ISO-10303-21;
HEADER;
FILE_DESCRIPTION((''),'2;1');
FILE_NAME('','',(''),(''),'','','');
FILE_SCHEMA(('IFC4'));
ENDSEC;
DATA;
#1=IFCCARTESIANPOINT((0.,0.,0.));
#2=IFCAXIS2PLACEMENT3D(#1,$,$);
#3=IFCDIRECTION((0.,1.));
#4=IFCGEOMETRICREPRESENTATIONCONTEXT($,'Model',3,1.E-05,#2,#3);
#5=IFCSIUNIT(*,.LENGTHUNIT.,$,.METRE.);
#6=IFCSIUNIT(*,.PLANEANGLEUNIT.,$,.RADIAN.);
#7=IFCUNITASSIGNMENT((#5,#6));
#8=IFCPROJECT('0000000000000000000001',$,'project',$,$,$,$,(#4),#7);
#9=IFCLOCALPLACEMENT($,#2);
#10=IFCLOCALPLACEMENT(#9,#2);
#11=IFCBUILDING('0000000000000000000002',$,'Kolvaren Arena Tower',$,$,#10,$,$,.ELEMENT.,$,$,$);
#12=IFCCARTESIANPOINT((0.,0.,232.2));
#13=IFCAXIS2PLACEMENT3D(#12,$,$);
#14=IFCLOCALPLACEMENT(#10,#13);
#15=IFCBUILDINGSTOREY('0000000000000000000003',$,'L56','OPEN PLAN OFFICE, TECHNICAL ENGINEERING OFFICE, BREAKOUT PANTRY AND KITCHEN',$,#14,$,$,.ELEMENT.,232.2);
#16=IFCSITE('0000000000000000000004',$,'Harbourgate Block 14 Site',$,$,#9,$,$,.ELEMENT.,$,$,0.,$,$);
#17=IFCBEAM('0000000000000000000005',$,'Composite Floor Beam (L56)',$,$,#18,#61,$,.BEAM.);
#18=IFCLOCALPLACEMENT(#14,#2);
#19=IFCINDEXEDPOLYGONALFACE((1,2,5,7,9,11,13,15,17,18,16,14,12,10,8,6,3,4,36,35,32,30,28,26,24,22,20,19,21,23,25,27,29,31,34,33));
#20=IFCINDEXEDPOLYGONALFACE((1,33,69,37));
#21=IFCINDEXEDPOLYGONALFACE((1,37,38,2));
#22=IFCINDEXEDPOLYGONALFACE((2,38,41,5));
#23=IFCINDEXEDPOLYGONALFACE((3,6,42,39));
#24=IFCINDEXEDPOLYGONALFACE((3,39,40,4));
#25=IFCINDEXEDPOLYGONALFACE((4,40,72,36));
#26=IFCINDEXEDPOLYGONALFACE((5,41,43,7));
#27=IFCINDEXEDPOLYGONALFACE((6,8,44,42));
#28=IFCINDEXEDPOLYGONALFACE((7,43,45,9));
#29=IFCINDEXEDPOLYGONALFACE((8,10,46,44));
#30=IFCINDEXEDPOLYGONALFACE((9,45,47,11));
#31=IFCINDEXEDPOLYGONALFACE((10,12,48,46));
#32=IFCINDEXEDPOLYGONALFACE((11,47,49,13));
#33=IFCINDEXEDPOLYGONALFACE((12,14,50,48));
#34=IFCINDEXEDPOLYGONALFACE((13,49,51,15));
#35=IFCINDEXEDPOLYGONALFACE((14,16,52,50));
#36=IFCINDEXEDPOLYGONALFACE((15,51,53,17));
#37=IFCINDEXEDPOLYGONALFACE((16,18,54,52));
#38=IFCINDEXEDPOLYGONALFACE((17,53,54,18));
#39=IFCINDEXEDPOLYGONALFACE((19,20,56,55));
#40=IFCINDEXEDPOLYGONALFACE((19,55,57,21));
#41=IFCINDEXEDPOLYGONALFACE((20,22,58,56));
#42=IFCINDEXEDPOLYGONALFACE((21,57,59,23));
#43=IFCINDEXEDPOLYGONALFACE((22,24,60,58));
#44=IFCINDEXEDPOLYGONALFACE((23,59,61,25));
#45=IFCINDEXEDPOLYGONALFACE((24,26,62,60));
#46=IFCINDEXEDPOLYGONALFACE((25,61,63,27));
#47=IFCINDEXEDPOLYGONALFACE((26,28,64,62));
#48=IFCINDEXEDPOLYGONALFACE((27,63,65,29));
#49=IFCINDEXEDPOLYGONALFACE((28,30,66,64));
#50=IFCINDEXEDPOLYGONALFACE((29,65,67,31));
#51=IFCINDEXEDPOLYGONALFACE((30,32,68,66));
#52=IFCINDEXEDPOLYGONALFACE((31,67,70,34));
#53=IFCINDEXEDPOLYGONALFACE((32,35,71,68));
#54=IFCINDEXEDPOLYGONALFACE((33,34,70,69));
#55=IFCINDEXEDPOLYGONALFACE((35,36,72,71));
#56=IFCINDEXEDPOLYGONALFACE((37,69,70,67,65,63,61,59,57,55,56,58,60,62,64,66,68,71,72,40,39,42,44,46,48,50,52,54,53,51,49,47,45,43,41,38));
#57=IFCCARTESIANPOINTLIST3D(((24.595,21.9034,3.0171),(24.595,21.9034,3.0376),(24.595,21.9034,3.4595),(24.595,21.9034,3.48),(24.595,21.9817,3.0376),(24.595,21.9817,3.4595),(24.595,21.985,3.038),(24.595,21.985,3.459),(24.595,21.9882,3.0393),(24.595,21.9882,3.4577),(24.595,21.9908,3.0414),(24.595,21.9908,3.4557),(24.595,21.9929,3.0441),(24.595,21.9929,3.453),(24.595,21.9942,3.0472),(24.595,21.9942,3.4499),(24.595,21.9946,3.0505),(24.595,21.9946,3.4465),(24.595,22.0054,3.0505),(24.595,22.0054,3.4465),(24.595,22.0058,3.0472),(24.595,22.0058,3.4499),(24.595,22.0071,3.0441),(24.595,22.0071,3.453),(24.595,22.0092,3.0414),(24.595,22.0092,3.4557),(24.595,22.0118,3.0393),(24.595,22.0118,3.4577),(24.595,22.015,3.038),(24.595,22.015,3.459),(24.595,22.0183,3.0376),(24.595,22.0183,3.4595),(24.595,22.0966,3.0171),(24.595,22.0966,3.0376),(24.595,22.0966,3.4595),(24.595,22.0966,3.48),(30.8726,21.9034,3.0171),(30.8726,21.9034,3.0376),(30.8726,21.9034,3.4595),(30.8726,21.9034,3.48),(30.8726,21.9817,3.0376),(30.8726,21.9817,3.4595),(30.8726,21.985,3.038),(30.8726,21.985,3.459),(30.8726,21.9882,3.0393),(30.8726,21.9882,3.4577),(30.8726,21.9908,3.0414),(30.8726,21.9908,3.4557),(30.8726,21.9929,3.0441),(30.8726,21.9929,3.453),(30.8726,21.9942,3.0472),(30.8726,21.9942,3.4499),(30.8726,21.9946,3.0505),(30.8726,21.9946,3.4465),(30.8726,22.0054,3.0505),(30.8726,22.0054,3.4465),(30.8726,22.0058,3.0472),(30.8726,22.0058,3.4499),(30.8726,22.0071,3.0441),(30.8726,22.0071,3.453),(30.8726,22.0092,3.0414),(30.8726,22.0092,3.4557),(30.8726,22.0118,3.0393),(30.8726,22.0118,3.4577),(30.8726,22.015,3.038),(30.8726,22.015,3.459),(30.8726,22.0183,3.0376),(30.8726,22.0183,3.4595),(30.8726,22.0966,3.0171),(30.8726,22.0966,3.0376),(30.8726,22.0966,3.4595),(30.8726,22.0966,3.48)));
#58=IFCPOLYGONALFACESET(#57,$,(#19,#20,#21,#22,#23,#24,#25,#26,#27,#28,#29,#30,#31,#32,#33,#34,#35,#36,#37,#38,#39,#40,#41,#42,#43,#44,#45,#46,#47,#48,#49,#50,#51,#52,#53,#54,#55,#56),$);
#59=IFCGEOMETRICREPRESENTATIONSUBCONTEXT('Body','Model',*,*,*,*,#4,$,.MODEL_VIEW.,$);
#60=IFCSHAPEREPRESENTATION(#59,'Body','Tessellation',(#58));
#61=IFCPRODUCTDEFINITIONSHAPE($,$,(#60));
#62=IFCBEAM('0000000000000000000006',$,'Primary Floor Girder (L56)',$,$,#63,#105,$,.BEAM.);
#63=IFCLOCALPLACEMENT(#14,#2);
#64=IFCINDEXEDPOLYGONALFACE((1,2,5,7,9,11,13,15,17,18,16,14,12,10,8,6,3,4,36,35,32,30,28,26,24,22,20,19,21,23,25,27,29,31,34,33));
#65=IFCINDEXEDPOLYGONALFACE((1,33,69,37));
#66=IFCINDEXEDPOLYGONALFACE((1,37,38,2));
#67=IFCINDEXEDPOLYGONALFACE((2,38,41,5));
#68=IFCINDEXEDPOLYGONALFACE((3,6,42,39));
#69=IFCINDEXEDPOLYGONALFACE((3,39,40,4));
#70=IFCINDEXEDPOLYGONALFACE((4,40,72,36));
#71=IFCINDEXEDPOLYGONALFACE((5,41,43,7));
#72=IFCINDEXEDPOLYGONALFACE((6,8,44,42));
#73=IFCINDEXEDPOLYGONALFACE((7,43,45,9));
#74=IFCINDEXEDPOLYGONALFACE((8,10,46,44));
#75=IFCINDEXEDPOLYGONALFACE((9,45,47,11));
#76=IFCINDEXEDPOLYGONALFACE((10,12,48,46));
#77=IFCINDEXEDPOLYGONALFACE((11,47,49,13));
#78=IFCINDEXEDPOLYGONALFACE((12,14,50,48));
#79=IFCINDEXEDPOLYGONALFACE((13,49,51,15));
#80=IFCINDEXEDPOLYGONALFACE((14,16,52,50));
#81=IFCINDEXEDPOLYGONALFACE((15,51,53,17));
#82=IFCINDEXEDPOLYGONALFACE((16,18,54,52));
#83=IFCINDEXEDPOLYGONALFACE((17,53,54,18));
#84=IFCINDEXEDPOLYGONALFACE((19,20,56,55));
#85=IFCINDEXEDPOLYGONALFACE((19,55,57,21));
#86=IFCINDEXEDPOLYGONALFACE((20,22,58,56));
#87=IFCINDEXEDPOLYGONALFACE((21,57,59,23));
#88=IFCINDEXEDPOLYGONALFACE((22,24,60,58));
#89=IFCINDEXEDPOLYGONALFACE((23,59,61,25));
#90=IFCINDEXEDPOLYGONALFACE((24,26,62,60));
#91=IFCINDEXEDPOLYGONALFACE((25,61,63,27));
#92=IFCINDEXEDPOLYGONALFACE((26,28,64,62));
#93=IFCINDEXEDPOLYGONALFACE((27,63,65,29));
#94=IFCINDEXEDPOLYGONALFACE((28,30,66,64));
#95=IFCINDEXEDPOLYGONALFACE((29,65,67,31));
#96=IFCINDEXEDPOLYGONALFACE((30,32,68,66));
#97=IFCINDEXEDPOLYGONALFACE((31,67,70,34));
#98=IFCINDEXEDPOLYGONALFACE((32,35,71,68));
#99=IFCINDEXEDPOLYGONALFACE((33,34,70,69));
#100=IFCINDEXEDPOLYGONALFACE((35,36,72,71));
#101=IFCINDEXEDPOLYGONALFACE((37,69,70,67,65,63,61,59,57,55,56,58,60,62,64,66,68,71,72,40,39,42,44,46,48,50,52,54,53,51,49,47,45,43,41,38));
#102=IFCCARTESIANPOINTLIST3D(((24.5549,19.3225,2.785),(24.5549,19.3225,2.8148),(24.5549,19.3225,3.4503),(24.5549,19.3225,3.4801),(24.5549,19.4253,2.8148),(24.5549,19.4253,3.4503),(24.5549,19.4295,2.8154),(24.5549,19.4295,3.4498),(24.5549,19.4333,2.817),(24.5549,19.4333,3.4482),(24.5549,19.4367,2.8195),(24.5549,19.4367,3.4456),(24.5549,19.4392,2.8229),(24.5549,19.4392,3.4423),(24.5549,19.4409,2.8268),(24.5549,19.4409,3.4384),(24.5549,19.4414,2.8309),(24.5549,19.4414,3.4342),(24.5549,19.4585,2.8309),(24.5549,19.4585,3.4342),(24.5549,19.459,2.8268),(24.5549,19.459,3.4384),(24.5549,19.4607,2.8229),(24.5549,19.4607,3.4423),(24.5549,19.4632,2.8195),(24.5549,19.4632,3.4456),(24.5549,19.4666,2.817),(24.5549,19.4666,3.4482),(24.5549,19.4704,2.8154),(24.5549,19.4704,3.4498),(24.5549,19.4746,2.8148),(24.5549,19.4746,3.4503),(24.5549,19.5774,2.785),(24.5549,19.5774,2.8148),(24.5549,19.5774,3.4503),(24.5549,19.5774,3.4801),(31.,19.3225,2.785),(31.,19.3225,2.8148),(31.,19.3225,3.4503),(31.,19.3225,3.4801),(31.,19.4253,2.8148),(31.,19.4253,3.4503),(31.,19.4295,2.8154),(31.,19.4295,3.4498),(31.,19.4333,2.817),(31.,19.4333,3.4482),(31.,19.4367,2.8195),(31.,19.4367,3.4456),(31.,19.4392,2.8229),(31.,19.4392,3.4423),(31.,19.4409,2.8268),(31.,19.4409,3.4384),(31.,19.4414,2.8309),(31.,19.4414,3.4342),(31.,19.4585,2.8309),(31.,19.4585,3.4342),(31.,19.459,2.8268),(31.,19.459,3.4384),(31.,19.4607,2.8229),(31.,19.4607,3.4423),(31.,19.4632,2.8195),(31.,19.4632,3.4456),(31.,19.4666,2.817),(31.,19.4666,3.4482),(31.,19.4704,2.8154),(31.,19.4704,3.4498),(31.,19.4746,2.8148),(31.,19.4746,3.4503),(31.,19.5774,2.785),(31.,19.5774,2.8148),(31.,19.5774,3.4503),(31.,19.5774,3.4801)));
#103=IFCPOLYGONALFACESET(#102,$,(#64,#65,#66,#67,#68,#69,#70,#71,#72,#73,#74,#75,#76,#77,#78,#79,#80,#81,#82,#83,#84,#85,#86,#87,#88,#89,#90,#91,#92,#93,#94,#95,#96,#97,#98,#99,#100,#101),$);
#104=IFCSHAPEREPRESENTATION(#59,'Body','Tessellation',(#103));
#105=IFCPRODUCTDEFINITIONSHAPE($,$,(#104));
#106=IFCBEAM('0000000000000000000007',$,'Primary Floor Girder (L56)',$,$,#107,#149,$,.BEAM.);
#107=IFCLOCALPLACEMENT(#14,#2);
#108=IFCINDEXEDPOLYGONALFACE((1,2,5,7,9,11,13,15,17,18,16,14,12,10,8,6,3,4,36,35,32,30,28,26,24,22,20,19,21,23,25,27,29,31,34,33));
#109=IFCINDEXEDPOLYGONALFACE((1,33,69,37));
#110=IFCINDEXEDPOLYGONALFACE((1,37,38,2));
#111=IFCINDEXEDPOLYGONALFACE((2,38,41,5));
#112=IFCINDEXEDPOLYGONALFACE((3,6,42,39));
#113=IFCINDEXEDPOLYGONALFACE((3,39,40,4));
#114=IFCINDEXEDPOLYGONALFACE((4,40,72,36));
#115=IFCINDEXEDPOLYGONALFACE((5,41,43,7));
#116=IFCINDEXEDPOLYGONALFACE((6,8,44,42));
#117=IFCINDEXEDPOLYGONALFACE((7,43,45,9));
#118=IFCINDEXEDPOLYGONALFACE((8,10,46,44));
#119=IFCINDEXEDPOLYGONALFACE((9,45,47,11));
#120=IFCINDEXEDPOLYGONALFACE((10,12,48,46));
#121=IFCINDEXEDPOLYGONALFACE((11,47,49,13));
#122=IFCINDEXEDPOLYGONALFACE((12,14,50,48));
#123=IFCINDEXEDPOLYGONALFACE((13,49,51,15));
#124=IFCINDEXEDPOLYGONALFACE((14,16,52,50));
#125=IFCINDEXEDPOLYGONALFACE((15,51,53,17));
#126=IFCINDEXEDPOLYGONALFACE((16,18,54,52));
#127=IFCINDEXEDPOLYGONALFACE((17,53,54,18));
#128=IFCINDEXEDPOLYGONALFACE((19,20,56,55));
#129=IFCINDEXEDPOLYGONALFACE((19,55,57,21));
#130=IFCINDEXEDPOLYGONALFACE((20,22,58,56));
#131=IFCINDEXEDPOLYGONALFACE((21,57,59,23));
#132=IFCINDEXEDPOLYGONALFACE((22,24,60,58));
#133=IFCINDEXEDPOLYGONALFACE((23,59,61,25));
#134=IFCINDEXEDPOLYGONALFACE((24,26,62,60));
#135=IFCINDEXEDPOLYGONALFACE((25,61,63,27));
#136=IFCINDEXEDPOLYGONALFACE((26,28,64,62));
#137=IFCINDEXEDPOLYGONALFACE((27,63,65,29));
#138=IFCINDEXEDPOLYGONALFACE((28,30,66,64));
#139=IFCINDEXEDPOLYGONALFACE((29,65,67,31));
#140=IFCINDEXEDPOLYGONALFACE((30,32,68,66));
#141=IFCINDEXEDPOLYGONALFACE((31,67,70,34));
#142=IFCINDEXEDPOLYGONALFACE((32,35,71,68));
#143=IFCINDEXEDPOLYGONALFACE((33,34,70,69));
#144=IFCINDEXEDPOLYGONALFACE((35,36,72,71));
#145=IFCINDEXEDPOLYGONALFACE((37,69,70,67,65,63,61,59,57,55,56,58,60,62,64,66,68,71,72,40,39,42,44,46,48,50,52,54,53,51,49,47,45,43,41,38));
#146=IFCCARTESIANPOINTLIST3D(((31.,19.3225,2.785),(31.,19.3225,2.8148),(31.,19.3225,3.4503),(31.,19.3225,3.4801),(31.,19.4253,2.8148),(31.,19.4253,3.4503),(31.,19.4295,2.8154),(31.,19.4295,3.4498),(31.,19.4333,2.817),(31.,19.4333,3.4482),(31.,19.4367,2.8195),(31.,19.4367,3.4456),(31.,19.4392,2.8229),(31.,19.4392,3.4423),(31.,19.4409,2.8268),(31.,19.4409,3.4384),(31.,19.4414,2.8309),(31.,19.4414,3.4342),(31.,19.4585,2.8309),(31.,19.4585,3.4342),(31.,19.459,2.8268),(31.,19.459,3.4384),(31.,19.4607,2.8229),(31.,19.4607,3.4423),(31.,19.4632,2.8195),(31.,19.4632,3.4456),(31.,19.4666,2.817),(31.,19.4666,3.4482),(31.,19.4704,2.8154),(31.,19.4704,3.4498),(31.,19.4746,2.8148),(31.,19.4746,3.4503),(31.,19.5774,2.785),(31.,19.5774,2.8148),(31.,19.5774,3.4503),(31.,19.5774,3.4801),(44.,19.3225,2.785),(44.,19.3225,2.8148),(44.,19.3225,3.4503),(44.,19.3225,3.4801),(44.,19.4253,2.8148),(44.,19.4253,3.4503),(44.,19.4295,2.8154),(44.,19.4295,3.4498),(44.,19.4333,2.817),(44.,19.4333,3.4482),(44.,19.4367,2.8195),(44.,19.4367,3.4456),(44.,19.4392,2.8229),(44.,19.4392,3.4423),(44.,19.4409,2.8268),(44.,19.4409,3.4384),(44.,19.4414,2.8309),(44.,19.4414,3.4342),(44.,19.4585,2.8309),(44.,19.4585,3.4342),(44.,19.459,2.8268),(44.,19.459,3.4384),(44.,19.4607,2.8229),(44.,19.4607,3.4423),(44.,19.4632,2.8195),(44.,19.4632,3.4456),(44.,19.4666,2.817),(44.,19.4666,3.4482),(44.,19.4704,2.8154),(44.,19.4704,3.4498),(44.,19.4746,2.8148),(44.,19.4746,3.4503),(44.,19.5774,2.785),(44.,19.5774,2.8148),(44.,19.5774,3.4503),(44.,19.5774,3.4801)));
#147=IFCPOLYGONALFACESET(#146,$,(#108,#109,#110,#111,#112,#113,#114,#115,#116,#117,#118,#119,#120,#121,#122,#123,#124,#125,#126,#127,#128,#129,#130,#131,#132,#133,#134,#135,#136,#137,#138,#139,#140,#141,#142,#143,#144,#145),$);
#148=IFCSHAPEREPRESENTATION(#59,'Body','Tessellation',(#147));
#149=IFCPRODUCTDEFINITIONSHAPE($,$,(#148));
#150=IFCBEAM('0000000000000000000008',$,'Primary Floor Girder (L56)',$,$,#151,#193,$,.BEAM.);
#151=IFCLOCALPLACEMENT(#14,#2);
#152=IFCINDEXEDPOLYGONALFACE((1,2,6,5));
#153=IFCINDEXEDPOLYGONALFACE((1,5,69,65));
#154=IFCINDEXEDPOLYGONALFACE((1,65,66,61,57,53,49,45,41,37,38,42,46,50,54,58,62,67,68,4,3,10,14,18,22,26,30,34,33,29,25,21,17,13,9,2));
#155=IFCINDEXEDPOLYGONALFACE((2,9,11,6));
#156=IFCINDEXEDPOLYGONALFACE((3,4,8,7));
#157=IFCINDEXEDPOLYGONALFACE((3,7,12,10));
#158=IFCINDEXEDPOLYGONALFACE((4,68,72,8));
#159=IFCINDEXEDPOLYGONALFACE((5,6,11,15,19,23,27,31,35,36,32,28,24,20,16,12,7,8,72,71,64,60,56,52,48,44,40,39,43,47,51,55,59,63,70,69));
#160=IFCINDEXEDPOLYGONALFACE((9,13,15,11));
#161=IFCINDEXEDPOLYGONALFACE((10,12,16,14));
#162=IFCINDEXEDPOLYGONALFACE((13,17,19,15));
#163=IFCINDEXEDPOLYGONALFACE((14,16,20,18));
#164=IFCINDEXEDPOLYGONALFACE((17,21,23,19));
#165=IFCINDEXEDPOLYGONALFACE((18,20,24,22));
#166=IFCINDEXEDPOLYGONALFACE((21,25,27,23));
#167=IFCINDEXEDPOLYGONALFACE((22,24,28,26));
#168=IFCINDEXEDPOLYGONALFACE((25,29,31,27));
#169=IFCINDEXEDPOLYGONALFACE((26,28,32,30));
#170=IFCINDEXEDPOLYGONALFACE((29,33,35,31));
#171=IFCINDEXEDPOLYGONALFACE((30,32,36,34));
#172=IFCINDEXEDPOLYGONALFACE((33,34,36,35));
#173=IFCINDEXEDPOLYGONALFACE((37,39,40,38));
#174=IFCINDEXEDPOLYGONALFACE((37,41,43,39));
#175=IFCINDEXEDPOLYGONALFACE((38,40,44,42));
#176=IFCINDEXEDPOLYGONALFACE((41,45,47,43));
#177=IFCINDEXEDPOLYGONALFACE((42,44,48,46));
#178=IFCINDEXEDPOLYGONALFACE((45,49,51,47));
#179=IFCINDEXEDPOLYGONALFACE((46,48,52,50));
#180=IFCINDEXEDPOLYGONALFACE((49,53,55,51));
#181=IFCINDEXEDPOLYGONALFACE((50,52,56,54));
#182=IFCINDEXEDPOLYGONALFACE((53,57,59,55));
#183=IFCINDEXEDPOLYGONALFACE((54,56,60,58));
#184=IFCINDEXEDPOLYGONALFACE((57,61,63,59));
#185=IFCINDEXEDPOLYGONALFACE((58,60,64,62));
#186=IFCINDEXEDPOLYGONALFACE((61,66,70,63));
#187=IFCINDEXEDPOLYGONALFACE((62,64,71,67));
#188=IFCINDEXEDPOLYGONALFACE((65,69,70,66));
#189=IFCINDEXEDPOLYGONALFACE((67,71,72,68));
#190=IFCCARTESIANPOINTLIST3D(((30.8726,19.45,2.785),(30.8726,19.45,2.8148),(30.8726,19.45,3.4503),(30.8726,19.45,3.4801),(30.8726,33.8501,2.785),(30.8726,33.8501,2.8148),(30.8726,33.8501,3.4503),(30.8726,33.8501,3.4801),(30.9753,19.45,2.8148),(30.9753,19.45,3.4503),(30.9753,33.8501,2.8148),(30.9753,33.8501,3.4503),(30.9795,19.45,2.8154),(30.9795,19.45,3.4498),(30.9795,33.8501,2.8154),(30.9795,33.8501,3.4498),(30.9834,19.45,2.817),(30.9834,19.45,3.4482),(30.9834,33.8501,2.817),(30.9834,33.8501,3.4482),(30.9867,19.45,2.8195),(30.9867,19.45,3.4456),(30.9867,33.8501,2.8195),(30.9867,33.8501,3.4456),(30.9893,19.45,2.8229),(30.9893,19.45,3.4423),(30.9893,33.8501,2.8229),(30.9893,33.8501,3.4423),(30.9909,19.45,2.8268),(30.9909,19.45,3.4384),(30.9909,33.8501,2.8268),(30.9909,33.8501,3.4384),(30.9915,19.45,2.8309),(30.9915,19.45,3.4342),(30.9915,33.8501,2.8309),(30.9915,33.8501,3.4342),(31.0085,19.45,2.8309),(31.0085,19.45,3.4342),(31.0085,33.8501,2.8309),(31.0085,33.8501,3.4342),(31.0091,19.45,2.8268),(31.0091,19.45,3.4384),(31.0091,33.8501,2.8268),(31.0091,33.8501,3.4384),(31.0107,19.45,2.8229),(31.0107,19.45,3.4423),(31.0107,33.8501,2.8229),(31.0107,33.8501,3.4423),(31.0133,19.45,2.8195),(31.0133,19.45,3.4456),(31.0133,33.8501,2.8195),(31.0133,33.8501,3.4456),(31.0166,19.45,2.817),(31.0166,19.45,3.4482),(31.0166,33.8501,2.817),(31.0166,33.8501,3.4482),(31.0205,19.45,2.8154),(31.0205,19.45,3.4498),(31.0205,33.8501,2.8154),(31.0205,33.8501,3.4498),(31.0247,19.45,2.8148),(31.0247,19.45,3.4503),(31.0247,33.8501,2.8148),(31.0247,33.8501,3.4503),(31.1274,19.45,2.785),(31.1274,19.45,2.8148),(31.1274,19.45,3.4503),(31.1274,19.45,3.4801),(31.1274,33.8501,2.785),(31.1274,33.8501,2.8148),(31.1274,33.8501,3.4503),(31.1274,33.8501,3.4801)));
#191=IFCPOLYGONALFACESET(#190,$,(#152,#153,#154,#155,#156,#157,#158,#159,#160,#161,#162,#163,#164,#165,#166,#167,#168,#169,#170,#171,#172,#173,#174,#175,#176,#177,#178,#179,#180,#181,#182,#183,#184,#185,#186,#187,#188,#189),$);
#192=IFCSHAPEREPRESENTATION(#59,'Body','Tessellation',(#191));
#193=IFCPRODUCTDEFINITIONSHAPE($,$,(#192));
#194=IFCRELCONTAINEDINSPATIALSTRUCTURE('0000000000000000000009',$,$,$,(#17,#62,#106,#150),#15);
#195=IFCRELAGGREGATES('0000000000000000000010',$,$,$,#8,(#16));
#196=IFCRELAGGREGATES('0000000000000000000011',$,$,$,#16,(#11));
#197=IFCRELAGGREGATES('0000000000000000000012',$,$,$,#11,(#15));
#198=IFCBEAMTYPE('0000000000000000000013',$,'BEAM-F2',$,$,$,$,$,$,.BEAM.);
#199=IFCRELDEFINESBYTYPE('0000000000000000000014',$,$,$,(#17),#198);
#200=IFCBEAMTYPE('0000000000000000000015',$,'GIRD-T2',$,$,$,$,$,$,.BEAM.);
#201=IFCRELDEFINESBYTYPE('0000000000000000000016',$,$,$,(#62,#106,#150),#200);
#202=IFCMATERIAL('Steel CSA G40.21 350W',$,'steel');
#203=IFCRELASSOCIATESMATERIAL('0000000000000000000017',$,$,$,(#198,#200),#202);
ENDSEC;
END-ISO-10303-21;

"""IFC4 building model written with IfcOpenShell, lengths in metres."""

from ifc_helpers import new_model, si_unit, direction, frame, origin, origin_2d, place, context, subcontext, project, spatial, i_section, extrude, material, material_profile, profile_set, type_object, element, save


model = new_model("IFC4")

# Units and contexts
model_context = context("Model", 3, precision=1e-05, world=origin(), true_north=direction((0.0, 1.0)))
body_context = subcontext(model_context, "Body", "Model", "MODEL_VIEW")
ifc_project = project(units=[si_unit("LENGTHUNIT", "METRE"), si_unit("PLANEANGLEUNIT", "RADIAN")], contexts=[model_context])

# Site, building, storey
site_placement = place(None, origin())
site = spatial("IfcSite", under=ifc_project, at=site_placement, Name="Harbourgate Block 14 Site", CompositionType="ELEMENT", RefElevation=0.0)
building_placement = place(site_placement, origin())
building = spatial("IfcBuilding", under=site, at=building_placement, Name="Kolvaren Arena Tower", CompositionType="ELEMENT")
storey_placement = place(building_placement, frame((0.0, 0.0, 232.2)))
storey = spatial("IfcBuildingStorey", under=building, at=storey_placement, Name="L56", Description="OPEN PLAN OFFICE, TECHNICAL ENGINEERING OFFICE, BREAKOUT PANTRY AND KITCHEN", CompositionType="ELEMENT", Elevation=232.2)

# Beams
ifc_material_1 = material(Name="Steel CSA G40.21 350W", Category="steel")
ifc_material_profile_1 = material_profile(ifc_material_1, i_section(OverallWidth=0.1931, OverallDepth=0.4629, WebThickness=0.0107, FlangeThickness=0.0205, FilletRadius=0.0129, at=origin_2d()), Name="W460x113")
ifc_profile_set_1 = profile_set([ifc_material_profile_1], Name="Steel CSA G40.21 350W")
beam_type_1 = type_object("IfcBeamType", Name="BEAM-F2", PredefinedType="BEAM", material=ifc_profile_set_1)
beam_1_placement = place(storey_placement, frame((24.595, 22.0, 3.2485), z_axis=(1.0, 0.0, 0.0), x_axis=(0.0, 1.0, 0.0)))
element("IfcBeam", 1, at=beam_1_placement, inside=storey, type_object=beam_type_1, Name="Composite Floor Beam (L56)", PredefinedType="BEAM", context=body_context, shape_type="SweptSolid", body=[
    extrude(i_section(OverallWidth=0.1931, OverallDepth=0.4629, WebThickness=0.0107, FlangeThickness=0.0205, FilletRadius=0.0129, at=origin_2d()), origin(), (0.0, 0.0, 1.0), 6.2776),
])
ifc_material_profile_2 = material_profile(ifc_material_1, i_section(OverallWidth=0.2549, OverallDepth=0.6951, WebThickness=0.0171, FlangeThickness=0.0298, FilletRadius=0.0161, at=origin_2d()), Name="W690x217")
ifc_profile_set_2 = profile_set([ifc_material_profile_2], Name="Steel CSA G40.21 350W")
beam_type_2 = type_object("IfcBeamType", Name="GIRD-T2", PredefinedType="BEAM", material=ifc_profile_set_2)
beam_2_placement = place(storey_placement, frame((24.5549, 19.45, 3.1326), z_axis=(1.0, 0.0, 0.0), x_axis=(0.0, 1.0, 0.0)))
element("IfcBeam", 2, at=beam_2_placement, inside=storey, type_object=beam_type_2, Name="Primary Floor Girder (L56)", PredefinedType="BEAM", context=body_context, shape_type="SweptSolid", body=[
    extrude(i_section(OverallWidth=0.2549, OverallDepth=0.6951, WebThickness=0.0171, FlangeThickness=0.0298, FilletRadius=0.0161, at=origin_2d()), origin(), (0.0, 0.0, 1.0), 6.4451),
])
beam_3_placement = place(storey_placement, frame((31.0, 19.45, 3.1326), z_axis=(1.0, 0.0, 0.0), x_axis=(0.0, 1.0, 0.0)))
element("IfcBeam", 3, at=beam_3_placement, inside=storey, type_object=beam_type_2, Name="Primary Floor Girder (L56)", PredefinedType="BEAM", context=body_context, shape_type="SweptSolid", body=[
    extrude(i_section(OverallWidth=0.2549, OverallDepth=0.6951, WebThickness=0.0171, FlangeThickness=0.0298, FilletRadius=0.0161, at=origin_2d()), origin(), (0.0, 0.0, 1.0), 13.0),
])
beam_4_placement = place(storey_placement, frame((31.0, 19.45, 3.1326), z_axis=(0.0, 1.0, 0.0), x_axis=(-1.0, 0.0, 0.0)))
element("IfcBeam", 4, at=beam_4_placement, inside=storey, type_object=beam_type_2, Name="Primary Floor Girder (L56)", PredefinedType="BEAM", context=body_context, shape_type="SweptSolid", body=[
    extrude(i_section(OverallWidth=0.2549, OverallDepth=0.6951, WebThickness=0.0171, FlangeThickness=0.0298, FilletRadius=0.0161, at=origin_2d()), origin(), (0.0, 0.0, 1.0), 14.4001),
])

save(model, "model.ifc")
